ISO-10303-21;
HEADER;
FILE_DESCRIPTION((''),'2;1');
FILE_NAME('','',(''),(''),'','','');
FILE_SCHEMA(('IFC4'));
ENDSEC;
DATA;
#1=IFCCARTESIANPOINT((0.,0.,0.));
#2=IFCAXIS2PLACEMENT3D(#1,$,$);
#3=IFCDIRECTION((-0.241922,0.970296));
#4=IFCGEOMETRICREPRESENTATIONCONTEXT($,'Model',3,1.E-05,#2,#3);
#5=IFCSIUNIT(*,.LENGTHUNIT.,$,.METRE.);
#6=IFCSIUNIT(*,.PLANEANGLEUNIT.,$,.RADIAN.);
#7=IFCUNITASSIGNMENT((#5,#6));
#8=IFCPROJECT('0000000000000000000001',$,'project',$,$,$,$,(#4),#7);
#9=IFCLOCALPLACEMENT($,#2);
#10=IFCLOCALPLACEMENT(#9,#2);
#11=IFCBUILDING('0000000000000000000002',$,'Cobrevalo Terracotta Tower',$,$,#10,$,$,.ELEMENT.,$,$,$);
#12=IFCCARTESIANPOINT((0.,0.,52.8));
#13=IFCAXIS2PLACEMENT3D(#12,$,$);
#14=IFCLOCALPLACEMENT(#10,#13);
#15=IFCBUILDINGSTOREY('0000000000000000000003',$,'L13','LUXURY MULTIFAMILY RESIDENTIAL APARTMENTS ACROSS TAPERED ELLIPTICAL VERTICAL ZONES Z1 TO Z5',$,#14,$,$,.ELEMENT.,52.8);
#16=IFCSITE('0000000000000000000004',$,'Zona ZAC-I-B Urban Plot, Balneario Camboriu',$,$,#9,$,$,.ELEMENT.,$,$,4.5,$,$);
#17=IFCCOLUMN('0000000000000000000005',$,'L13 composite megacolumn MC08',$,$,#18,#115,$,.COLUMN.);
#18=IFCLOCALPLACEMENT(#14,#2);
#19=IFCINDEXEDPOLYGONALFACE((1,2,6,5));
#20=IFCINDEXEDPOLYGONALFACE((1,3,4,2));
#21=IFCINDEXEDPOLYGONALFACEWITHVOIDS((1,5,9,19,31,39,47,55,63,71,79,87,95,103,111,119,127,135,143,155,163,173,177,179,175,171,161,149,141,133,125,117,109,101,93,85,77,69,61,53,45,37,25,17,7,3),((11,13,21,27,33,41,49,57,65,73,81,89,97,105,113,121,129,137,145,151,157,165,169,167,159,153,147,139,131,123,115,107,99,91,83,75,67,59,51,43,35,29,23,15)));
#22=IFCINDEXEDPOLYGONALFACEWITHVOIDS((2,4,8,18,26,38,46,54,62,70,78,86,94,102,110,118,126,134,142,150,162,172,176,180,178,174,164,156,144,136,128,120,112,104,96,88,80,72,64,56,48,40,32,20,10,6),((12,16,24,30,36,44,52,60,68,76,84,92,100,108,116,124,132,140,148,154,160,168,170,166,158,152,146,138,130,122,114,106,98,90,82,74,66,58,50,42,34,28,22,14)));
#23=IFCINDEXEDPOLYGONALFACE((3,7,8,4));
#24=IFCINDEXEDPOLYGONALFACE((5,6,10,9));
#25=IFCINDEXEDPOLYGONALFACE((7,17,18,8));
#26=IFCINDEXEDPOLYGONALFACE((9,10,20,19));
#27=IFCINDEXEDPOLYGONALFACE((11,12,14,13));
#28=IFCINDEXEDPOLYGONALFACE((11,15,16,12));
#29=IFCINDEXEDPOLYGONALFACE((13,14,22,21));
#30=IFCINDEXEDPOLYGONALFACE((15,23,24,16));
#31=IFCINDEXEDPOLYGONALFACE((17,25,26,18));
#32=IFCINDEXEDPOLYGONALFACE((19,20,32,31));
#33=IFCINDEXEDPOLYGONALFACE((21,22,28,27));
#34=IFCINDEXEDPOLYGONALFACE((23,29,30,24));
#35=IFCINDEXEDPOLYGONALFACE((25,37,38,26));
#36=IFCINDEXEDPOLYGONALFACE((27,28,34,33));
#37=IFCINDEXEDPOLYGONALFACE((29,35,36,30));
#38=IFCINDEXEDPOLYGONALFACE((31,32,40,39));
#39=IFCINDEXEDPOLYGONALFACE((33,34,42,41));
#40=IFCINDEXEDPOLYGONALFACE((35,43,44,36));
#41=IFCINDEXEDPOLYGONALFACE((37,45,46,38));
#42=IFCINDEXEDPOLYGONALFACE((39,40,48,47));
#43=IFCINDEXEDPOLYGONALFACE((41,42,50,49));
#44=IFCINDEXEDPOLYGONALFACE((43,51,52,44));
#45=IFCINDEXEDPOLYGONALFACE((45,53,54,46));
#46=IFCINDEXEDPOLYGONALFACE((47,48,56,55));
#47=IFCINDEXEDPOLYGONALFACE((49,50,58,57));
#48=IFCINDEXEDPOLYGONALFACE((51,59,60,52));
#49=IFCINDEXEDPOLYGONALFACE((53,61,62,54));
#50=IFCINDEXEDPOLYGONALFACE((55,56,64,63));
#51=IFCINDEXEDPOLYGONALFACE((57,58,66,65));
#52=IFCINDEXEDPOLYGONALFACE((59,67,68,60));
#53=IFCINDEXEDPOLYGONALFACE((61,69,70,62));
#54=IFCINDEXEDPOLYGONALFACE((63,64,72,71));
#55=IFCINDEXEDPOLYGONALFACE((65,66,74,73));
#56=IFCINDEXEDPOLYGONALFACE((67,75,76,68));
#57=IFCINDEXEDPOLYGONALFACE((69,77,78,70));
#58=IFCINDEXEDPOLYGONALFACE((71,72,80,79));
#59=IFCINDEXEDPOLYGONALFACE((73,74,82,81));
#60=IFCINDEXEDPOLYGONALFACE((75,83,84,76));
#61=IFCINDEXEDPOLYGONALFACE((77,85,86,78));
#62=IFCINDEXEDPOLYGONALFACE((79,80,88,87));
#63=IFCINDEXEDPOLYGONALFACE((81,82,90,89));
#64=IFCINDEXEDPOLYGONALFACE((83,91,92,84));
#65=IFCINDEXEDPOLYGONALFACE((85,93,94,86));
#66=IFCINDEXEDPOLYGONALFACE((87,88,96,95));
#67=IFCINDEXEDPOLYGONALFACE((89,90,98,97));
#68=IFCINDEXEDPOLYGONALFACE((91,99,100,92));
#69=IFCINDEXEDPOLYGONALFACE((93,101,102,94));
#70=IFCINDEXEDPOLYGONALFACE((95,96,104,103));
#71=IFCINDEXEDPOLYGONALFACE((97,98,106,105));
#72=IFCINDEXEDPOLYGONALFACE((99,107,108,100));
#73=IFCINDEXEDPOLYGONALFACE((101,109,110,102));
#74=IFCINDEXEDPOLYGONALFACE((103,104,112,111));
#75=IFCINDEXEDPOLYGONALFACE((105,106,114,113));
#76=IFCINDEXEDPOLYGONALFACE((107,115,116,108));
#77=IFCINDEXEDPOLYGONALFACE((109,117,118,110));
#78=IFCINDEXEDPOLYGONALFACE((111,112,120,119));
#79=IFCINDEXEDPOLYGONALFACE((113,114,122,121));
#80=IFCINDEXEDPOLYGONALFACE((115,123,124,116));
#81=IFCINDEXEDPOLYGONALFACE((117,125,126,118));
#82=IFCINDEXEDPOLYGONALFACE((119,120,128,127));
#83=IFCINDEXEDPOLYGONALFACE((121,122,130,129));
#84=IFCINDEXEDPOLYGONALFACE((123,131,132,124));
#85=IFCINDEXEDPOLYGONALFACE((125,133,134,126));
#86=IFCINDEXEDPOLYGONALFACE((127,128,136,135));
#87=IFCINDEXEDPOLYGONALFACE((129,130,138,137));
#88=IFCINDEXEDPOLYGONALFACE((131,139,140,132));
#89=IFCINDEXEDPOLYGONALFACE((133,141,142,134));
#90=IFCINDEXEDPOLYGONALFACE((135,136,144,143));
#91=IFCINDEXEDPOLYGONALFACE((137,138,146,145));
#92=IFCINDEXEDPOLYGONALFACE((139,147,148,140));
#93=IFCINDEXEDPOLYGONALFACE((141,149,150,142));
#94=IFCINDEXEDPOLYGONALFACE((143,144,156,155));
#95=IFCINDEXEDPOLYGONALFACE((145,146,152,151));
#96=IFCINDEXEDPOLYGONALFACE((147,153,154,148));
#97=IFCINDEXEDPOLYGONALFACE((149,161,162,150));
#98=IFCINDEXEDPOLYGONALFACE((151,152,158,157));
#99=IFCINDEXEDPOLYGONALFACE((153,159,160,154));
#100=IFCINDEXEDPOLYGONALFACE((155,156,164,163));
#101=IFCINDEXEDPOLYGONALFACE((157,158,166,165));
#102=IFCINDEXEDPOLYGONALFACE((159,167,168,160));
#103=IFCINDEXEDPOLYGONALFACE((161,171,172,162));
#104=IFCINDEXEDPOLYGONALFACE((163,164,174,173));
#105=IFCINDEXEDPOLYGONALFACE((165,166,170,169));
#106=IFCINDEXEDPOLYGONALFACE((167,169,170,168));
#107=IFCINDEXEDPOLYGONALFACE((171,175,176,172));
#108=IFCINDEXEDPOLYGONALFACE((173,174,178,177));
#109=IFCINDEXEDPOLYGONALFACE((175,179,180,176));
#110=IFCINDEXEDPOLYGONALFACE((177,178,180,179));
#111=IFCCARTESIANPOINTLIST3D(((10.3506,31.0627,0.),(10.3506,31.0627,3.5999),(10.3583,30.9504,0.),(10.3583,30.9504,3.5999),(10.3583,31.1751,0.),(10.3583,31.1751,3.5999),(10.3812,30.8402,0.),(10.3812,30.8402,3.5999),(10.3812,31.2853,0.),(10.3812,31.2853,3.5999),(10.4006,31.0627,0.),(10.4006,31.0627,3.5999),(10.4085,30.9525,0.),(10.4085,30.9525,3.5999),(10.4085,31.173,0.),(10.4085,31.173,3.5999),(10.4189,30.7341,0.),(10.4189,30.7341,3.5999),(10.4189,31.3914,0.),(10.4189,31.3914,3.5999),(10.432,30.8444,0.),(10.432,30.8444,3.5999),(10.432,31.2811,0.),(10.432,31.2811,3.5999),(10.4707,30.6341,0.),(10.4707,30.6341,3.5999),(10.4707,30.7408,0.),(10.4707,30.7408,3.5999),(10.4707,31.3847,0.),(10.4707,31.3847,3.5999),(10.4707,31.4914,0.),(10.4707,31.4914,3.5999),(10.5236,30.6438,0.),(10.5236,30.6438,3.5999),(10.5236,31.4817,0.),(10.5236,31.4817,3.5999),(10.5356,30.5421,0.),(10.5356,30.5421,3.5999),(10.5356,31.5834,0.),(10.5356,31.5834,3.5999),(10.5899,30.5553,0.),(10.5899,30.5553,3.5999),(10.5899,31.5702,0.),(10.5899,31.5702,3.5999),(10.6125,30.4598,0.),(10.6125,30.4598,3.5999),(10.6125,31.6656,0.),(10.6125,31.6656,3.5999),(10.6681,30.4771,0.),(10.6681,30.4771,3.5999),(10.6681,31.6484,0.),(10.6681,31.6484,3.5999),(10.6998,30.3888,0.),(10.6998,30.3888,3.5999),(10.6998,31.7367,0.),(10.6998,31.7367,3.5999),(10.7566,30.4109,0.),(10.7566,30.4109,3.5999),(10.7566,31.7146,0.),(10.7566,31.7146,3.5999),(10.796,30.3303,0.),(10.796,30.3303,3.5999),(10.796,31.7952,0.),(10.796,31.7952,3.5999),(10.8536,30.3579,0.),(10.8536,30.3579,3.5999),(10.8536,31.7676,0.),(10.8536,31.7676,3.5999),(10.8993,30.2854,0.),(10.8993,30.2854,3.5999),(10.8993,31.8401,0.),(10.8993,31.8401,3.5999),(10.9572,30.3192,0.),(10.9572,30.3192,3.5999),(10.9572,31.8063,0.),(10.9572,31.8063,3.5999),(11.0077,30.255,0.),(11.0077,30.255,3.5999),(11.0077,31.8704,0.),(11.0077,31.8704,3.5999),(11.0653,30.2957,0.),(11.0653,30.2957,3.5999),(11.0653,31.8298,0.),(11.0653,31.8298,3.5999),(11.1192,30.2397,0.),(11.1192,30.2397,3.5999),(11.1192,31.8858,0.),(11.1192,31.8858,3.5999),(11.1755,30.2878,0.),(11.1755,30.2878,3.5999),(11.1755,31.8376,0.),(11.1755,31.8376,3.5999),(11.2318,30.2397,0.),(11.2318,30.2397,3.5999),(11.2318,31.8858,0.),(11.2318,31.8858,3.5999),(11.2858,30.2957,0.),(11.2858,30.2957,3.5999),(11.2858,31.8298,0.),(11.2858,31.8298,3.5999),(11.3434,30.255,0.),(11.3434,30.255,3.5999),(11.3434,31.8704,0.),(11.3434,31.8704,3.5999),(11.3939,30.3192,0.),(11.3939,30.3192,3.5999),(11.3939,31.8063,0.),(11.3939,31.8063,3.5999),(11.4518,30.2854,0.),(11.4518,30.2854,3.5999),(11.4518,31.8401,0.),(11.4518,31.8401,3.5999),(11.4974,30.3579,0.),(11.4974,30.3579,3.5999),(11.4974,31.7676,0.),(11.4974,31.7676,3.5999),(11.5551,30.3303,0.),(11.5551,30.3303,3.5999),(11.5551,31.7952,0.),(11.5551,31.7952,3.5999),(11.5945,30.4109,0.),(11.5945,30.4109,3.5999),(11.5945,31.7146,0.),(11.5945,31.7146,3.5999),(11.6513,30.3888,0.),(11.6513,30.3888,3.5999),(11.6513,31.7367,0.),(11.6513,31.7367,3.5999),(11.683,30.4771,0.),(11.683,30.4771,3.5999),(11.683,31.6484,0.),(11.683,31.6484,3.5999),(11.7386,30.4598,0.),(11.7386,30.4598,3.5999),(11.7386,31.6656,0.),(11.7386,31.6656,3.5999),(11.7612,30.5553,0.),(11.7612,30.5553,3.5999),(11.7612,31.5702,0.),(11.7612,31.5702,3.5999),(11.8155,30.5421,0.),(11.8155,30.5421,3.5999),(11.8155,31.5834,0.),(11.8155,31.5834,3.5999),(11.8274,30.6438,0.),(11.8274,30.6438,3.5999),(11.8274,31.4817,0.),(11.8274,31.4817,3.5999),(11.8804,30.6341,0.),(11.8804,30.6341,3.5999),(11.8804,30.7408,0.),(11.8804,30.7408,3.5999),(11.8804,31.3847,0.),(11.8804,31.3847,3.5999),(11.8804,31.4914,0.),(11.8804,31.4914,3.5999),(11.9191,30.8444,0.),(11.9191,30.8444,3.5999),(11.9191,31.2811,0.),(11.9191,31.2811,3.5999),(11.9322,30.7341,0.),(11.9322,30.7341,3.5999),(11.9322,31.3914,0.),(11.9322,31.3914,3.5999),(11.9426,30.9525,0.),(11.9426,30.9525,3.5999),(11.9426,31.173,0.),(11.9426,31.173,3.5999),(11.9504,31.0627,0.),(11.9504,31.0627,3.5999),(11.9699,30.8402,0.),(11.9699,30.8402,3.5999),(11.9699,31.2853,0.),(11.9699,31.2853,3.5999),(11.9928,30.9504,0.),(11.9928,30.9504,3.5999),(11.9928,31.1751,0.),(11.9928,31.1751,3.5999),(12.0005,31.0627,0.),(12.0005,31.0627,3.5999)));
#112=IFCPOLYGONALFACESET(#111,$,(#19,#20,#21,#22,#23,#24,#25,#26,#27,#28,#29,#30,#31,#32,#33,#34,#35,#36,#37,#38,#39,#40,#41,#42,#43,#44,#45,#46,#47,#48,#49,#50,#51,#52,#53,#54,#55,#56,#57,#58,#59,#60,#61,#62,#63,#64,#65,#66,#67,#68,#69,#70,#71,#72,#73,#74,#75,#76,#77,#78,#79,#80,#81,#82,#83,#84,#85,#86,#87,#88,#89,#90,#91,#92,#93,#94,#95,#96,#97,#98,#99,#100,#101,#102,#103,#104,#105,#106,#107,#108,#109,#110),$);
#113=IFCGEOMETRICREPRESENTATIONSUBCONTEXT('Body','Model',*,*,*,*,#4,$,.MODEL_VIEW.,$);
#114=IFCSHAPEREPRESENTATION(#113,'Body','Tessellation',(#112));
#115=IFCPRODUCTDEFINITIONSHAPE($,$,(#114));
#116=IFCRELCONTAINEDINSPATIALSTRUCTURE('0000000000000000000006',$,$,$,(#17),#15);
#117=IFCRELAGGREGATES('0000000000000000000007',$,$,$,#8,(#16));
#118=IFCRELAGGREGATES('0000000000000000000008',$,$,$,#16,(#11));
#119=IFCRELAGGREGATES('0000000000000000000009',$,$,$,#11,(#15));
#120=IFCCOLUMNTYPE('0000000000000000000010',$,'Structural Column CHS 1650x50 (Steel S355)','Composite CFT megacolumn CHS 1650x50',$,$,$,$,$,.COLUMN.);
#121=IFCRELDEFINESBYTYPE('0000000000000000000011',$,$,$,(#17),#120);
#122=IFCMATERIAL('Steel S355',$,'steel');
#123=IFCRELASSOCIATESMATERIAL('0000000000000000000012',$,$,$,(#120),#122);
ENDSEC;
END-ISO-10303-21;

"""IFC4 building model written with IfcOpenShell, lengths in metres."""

from ifc_helpers import new_model, si_unit, direction, frame, origin, origin_2d, place, context, subcontext, project, spatial, hollow_circle, extrude, material, material_profile, profile_set, type_object, element, save


model = new_model("IFC4")

# Units and contexts
model_context = context("Model", 3, precision=1e-05, world=origin(), true_north=direction((-0.241922, 0.970296)))
body_context = subcontext(model_context, "Body", "Model", "MODEL_VIEW")
ifc_project = project(units=[si_unit("LENGTHUNIT", "METRE"), si_unit("PLANEANGLEUNIT", "RADIAN")], contexts=[model_context])

# Site, building, storey
site_placement = place(None, origin())
site = spatial("IfcSite", under=ifc_project, at=site_placement, Name="Zona ZAC-I-B Urban Plot, Balneario Camboriu", CompositionType="ELEMENT", RefElevation=4.5)
building_placement = place(site_placement, origin())
building = spatial("IfcBuilding", under=site, at=building_placement, Name="Cobrevalo Terracotta Tower", CompositionType="ELEMENT")
storey_placement = place(building_placement, frame((0.0, 0.0, 52.8)))
storey = spatial("IfcBuildingStorey", under=building, at=storey_placement, Name="L13", Description="LUXURY MULTIFAMILY RESIDENTIAL APARTMENTS ACROSS TAPERED ELLIPTICAL VERTICAL ZONES Z1 TO Z5", CompositionType="ELEMENT", Elevation=52.8)

# Column
ifc_material_1 = material(Name="Steel S355", Category="steel")
ifc_material_profile_1 = material_profile(ifc_material_1, hollow_circle(Radius=0.825, WallThickness=0.05, at=origin_2d()), Name="CHS 1650x50")
ifc_profile_set_1 = profile_set([ifc_material_profile_1], Name="Steel S355")
column_type = type_object("IfcColumnType", Name="Structural Column CHS 1650x50 (Steel S355)", Description="Composite CFT megacolumn CHS 1650x50", PredefinedType="COLUMN", material=ifc_profile_set_1)
for number, where, z_axis, x_axis, name in (
    (1, (11.1755, 31.0627, 0.0), (0.0, 0.0, 1.0), (1.0, 0.0, 0.0), "L13 composite megacolumn MC08"),
):
    element("IfcColumn", number, at=place(storey_placement, frame(where, z_axis=z_axis, x_axis=x_axis)), inside=storey, type_object=column_type, Name=name, PredefinedType="COLUMN", context=body_context, shape_type="SweptSolid", body=[
        extrude(hollow_circle(Radius=0.825, WallThickness=0.05, at=origin_2d()), origin(), (0.0, 0.0, 1.0), 3.5999),
    ])

save(model, "model.ifc")
